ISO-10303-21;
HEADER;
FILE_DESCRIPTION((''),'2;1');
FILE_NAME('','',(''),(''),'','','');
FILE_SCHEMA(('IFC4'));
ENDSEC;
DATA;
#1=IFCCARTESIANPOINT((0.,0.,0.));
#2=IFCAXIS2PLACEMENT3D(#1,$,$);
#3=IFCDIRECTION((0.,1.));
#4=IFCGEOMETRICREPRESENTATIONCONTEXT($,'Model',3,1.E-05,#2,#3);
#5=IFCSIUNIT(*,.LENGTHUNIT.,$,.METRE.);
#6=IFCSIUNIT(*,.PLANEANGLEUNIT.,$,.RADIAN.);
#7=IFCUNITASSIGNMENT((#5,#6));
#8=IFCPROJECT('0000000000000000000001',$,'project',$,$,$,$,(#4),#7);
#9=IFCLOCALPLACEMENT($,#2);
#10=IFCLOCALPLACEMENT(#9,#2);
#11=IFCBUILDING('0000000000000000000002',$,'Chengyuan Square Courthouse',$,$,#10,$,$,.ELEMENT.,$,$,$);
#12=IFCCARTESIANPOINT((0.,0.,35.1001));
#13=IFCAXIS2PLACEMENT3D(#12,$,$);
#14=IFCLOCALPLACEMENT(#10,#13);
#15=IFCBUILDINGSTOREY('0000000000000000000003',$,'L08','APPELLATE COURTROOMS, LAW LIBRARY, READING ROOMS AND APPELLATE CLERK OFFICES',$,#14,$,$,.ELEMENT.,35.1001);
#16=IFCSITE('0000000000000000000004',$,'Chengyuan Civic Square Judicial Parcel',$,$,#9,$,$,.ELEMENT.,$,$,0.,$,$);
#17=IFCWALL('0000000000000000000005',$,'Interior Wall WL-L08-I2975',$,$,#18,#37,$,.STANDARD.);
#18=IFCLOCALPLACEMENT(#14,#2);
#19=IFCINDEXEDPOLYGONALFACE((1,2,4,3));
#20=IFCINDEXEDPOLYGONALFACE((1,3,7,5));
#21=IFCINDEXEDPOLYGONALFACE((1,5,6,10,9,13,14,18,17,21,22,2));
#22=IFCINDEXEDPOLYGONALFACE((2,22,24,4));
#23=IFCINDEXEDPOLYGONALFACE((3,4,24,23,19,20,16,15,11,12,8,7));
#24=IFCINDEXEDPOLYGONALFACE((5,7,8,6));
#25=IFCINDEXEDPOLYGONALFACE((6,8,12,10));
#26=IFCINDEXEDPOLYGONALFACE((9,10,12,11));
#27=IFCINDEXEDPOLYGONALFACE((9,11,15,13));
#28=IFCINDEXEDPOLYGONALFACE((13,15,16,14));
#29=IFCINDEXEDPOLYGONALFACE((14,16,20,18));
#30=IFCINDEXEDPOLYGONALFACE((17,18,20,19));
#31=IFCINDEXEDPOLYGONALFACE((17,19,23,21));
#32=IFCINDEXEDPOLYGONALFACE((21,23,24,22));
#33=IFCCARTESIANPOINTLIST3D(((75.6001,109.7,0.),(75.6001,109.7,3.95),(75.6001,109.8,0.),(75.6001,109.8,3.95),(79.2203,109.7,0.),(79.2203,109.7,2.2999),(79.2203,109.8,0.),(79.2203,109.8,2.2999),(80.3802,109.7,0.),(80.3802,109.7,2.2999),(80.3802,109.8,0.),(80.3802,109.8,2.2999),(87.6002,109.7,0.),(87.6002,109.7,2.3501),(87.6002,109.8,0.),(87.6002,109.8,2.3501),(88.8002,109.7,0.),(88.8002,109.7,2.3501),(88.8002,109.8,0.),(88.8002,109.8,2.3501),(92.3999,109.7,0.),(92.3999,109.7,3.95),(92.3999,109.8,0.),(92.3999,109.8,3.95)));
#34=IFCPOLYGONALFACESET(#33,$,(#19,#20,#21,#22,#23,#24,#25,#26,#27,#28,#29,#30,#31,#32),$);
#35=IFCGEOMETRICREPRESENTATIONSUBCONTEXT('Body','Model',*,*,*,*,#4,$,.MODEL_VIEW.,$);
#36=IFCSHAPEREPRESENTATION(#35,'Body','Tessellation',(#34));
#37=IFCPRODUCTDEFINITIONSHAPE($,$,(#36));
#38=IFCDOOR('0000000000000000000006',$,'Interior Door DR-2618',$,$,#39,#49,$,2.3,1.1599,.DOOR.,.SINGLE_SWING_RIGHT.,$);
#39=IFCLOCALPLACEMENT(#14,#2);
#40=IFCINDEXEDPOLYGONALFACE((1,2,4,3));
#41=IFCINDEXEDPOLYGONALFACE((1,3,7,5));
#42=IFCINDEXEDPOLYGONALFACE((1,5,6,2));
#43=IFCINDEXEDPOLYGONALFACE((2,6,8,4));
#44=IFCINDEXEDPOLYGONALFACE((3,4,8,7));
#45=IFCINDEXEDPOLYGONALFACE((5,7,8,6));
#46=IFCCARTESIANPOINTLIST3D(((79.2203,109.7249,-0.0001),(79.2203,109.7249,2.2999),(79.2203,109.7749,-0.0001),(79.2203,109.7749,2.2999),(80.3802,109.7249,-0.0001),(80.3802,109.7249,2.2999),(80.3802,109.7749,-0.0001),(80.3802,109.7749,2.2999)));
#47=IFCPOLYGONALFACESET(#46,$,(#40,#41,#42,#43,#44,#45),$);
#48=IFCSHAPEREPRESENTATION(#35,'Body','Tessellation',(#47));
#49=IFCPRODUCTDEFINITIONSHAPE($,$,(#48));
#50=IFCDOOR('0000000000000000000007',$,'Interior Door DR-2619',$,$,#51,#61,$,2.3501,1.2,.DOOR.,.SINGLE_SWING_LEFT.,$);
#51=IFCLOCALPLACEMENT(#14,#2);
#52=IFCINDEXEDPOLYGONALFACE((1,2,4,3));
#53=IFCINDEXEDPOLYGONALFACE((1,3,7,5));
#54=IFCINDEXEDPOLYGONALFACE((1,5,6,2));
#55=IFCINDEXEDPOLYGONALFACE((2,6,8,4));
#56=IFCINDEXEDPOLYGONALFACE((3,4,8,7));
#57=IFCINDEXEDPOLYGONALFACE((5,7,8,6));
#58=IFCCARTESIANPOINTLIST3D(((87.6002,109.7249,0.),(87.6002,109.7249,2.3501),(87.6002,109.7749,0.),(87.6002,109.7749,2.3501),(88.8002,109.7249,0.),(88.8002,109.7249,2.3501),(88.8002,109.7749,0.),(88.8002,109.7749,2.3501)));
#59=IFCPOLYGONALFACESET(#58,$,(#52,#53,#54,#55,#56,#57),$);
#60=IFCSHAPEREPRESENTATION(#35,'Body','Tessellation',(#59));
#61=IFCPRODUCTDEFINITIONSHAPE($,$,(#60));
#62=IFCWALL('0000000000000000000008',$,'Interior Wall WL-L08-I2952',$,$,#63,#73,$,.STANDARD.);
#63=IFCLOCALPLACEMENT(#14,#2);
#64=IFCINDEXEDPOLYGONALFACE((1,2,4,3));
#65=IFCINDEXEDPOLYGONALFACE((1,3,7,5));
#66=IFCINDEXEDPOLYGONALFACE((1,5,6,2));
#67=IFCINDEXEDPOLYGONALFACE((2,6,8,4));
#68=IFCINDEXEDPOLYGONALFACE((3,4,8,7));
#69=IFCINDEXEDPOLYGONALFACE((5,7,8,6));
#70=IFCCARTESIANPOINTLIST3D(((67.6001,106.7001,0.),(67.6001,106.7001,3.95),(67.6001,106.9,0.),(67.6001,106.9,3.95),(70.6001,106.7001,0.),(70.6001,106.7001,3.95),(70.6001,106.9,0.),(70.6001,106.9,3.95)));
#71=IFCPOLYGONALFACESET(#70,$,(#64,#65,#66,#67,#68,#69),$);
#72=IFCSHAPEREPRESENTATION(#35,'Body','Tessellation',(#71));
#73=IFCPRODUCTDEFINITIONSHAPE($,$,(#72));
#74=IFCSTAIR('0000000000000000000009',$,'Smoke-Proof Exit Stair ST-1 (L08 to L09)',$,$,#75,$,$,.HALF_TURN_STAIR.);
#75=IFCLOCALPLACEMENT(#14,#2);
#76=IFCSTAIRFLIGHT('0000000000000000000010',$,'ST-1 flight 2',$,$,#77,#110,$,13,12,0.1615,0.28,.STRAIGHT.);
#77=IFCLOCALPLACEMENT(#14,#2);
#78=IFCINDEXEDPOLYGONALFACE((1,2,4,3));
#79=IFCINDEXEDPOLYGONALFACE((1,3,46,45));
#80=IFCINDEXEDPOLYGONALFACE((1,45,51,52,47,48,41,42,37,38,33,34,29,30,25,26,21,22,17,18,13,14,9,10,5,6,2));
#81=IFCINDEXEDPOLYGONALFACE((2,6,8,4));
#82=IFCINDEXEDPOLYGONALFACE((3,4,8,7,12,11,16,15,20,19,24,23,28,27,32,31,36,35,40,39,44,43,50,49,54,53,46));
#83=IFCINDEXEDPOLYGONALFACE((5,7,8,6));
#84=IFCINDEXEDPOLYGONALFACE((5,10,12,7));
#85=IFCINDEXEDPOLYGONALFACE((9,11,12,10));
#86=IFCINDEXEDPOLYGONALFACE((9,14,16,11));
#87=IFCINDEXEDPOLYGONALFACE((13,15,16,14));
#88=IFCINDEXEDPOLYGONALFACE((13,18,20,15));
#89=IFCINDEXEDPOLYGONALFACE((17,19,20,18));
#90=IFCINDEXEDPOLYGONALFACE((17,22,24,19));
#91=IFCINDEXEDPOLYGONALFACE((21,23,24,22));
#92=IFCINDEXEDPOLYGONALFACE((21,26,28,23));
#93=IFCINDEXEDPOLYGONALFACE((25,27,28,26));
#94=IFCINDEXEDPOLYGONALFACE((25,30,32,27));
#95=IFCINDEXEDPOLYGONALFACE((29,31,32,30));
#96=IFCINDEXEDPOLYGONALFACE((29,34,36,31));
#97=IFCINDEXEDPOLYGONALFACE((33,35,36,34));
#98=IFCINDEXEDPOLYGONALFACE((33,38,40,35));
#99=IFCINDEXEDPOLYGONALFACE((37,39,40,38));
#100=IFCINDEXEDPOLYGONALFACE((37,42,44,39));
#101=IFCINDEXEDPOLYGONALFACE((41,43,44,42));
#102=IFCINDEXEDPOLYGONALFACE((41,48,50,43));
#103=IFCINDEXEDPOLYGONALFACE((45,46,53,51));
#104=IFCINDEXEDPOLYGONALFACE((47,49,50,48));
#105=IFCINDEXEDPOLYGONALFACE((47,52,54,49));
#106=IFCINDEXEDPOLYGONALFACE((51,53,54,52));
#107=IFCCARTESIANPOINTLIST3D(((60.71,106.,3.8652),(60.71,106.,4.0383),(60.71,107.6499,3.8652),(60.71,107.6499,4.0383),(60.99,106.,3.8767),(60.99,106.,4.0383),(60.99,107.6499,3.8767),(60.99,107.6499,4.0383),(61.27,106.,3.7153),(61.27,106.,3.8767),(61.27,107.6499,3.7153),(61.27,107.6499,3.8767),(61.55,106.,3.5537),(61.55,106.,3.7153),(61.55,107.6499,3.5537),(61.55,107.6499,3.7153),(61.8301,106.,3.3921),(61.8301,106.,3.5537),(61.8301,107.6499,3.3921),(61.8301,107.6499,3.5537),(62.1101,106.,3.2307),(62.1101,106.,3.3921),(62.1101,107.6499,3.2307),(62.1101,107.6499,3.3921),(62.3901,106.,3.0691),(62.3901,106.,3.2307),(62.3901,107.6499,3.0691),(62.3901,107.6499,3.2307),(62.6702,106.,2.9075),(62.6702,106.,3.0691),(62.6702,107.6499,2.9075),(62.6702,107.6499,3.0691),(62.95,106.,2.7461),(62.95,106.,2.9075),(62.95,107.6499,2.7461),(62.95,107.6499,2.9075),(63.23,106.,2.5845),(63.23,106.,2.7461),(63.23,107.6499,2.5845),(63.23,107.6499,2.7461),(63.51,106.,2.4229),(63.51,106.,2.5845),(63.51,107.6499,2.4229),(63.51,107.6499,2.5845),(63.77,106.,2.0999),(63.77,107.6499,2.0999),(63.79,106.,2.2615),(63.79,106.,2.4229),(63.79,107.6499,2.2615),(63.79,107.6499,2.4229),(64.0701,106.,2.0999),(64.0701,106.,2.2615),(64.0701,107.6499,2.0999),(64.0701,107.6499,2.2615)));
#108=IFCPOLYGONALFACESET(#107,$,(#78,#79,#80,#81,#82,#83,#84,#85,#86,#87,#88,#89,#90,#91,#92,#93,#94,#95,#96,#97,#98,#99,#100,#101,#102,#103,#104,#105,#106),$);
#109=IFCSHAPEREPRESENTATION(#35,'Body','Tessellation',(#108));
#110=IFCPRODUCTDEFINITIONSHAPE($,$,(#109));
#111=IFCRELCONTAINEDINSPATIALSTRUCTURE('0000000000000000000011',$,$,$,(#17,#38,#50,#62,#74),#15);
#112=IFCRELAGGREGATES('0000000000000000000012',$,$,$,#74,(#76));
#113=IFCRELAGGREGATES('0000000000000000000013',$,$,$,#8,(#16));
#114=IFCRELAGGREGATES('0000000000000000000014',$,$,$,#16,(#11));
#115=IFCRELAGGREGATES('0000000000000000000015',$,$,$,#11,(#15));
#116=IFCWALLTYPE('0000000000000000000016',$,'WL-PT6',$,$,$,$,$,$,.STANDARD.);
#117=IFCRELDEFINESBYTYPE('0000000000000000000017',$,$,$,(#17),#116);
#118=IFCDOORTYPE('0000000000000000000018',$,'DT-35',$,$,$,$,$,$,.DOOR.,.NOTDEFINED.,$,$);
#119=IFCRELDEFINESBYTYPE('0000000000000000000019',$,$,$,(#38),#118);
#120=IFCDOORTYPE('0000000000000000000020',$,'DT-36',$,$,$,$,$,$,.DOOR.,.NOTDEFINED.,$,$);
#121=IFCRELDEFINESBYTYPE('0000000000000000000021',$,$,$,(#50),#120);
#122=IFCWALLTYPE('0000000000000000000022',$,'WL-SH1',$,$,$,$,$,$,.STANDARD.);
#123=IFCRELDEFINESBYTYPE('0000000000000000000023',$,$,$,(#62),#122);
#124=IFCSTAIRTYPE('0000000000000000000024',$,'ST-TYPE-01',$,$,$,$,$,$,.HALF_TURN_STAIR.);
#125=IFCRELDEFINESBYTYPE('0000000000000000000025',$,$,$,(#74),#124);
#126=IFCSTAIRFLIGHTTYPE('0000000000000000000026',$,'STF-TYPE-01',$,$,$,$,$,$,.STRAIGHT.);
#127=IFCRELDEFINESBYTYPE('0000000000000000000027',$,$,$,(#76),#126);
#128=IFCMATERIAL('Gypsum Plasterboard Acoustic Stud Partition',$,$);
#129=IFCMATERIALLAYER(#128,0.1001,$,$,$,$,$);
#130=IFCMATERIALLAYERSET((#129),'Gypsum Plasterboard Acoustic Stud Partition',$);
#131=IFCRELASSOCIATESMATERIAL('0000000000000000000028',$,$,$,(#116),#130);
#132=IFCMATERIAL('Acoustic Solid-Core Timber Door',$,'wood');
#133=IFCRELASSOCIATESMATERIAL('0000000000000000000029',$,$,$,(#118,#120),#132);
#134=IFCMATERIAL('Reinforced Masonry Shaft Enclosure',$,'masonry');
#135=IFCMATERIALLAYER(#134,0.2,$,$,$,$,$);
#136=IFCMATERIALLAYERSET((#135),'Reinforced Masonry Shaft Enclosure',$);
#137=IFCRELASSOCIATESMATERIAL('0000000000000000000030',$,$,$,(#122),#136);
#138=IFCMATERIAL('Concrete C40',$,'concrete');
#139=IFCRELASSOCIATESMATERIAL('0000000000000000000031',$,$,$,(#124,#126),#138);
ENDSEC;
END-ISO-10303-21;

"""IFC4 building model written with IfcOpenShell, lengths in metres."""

from ifc_helpers import new_model, si_unit, direction, frame, frame_2d, origin, place, context, subcontext, project, spatial, polyline, rectangle, outline, extrude, material, layer, layer_set, type_object, element, fill, aggregate, save


model = new_model("IFC4")

# Units and contexts
model_context = context("Model", 3, precision=1e-05, world=origin(), true_north=direction((0.0, 1.0)))
body_context = subcontext(model_context, "Body", "Model", "MODEL_VIEW")
ifc_project = project(units=[si_unit("LENGTHUNIT", "METRE"), si_unit("PLANEANGLEUNIT", "RADIAN")], contexts=[model_context])

# Site, building, storey
site_placement = place(None, origin())
site = spatial("IfcSite", under=ifc_project, at=site_placement, Name="Chengyuan Civic Square Judicial Parcel", CompositionType="ELEMENT", RefElevation=0.0)
building_placement = place(site_placement, origin())
building = spatial("IfcBuilding", under=site, at=building_placement, Name="Chengyuan Square Courthouse", CompositionType="ELEMENT")
storey_placement = place(building_placement, frame((0.0, 0.0, 35.1001)))
storey = spatial("IfcBuildingStorey", under=building, at=storey_placement, Name="L08", Description="APPELLATE COURTROOMS, LAW LIBRARY, READING ROOMS AND APPELLATE CLERK OFFICES", CompositionType="ELEMENT", Elevation=35.1001)

# Shared definitions
ifc_material_1 = material(Name="Concrete C40", Category="concrete")

# Shared definitions
ifc_material_2 = material(Name="Gypsum Plasterboard Acoustic Stud Partition")
ifc_layer_1 = layer(ifc_material_2, 0.1001)
ifc_layer_set_1 = layer_set([ifc_layer_1], Name="Gypsum Plasterboard Acoustic Stud Partition")
wall_type_1 = type_object("IfcWallType", Name="WL-PT6", PredefinedType="STANDARD", material=ifc_layer_set_1)

# Wall, openings, doors
wall_1_placement = place(storey_placement, frame((75.6001, 109.75, 0.0), z_axis=(0.0, 0.0, 1.0), x_axis=(1.0, 0.0, 0.0)))
wall_1 = element("IfcWall", 1, at=wall_1_placement, inside=storey, type_object=wall_type_1, Name="Interior Wall WL-L08-I2975", PredefinedType="STANDARD", context=body_context, shape_type="SweptSolid", body=[
    extrude(rectangle(XDim=16.7998, YDim=0.1001, at=frame_2d((8.3999, 0.0))), origin(), (0.0, 0.0, 1.0), 3.95),
])
opening_1_placement = place(wall_1_placement, frame((3.6201, 0.0, 0.0)))
opening_1 = element("IfcOpeningElement", 2, at=opening_1_placement, cuts=wall_1, PredefinedType="OPENING", context=body_context, shape_type="SweptSolid", body=[
    extrude(rectangle(XDim=1.1599, YDim=2.3, at=frame_2d((0.5801, 1.1499))), frame((0.0, 0.062, 0.0), z_axis=(0.0, -1.0, 0.0), x_axis=(1.0, 0.0, 0.0)), (0.0, 0.0, 1.0), 0.124),
])
opening_2_placement = place(wall_1_placement, frame((12.0, 0.0, 0.0)))
opening_2 = element("IfcOpeningElement", 3, at=opening_2_placement, cuts=wall_1, PredefinedType="OPENING", context=body_context, shape_type="SweptSolid", body=[
    extrude(rectangle(XDim=1.2, YDim=2.3501, at=frame_2d((0.6001, 1.175))), frame((0.0, 0.062, 0.0), z_axis=(0.0, -1.0, 0.0), x_axis=(1.0, 0.0, 0.0)), (0.0, 0.0, 1.0), 0.124),
])
ifc_material_3 = material(Name="Acoustic Solid-Core Timber Door", Category="wood")
door_type_1 = type_object("IfcDoorType", Name="DT-35", OperationType="NOTDEFINED", PredefinedType="DOOR", material=ifc_material_3)
door_1_placement = place(opening_1_placement, origin())
door_1 = element("IfcDoor", 4, at=door_1_placement, inside=storey, type_object=door_type_1, Name="Interior Door DR-2618", OperationType="SINGLE_SWING_RIGHT", OverallHeight=2.3, OverallWidth=1.1599, PredefinedType="DOOR", context=body_context, shape_type="SweptSolid", body=[
    extrude(rectangle(XDim=1.1599, YDim=2.3, at=frame_2d((0.5801, 1.1499))), frame((0.0, 0.0249, 0.0), z_axis=(0.0, -1.0, 0.0), x_axis=(1.0, 0.0, 0.0)), (0.0, 0.0, 1.0), 0.05),
])
fill(opening_1, door_1)
door_type_2 = type_object("IfcDoorType", Name="DT-36", OperationType="NOTDEFINED", PredefinedType="DOOR", material=ifc_material_3)
door_2_placement = place(opening_2_placement, origin())
door_2 = element("IfcDoor", 5, at=door_2_placement, inside=storey, type_object=door_type_2, Name="Interior Door DR-2619", OperationType="SINGLE_SWING_LEFT", OverallHeight=2.3501, OverallWidth=1.2, PredefinedType="DOOR", context=body_context, shape_type="SweptSolid", body=[
    extrude(rectangle(XDim=1.2, YDim=2.3501, at=frame_2d((0.6001, 1.175))), frame((0.0, 0.0249, 0.0), z_axis=(0.0, -1.0, 0.0), x_axis=(1.0, 0.0, 0.0)), (0.0, 0.0, 1.0), 0.05),
])
fill(opening_2, door_2)

# Wall
ifc_material_4 = material(Name="Reinforced Masonry Shaft Enclosure", Category="masonry")
ifc_layer_2 = layer(ifc_material_4, 0.2)
ifc_layer_set_2 = layer_set([ifc_layer_2], Name="Reinforced Masonry Shaft Enclosure")
wall_type_2 = type_object("IfcWallType", Name="WL-SH1", PredefinedType="STANDARD", material=ifc_layer_set_2)
wall_2_placement = place(storey_placement, frame((67.6001, 106.8, 0.0), z_axis=(0.0, 0.0, 1.0), x_axis=(1.0, 0.0, 0.0)))
element("IfcWall", 6, at=wall_2_placement, inside=storey, type_object=wall_type_2, Name="Interior Wall WL-L08-I2952", PredefinedType="STANDARD", context=body_context, shape_type="SweptSolid", body=[
    extrude(rectangle(XDim=3.0, YDim=0.2, at=frame_2d((1.5, 0.0))), origin(), (0.0, 0.0, 1.0), 3.95),
])

# Stair, stair flight
stair_type = type_object("IfcStairType", Name="ST-TYPE-01", PredefinedType="HALF_TURN_STAIR", material=ifc_material_1)
stair_placement = place(storey_placement, origin())
stair = element("IfcStair", 7, at=stair_placement, inside=storey, type_object=stair_type, Name="Smoke-Proof Exit Stair ST-1 (L08 to L09)", PredefinedType="HALF_TURN_STAIR")
stair_flight_type = type_object("IfcStairFlightType", Name="STF-TYPE-01", PredefinedType="STRAIGHT", material=ifc_material_1)
stair_flight_placement = place(storey_placement, frame((64.0701, 106.825, 2.0999), z_axis=(0.0, 0.0, 1.0), x_axis=(-1.0, 0.0, 0.0)))
stair_flight = element("IfcStairFlight", 8, at=stair_flight_placement, type_object=stair_flight_type, Name="ST-1 flight 2", NumberOfRisers=13, NumberOfTreads=12, PredefinedType="STRAIGHT", RiserHeight=0.1615, TreadLength=0.28, context=body_context, shape_type="SweptSolid", body=[
    extrude(outline(polyline([(0.0, 0.0), (0.0, 0.1616), (0.28, 0.1616), (0.28, 0.323), (0.5601, 0.323), (0.5601, 0.4846), (0.8401, 0.4846), (0.8401, 0.6462), (1.1201, 0.6462), (1.1201, 0.8076), (1.3999, 0.8076), (1.3999, 0.9692), (1.6799, 0.9692), (1.6799, 1.1309), (1.96, 1.1309), (1.96, 1.2922), (2.24, 1.2922), (2.24, 1.4539), (2.52, 1.4539), (2.52, 1.6155), (2.8, 1.6155), (2.8, 1.7769), (3.0801, 1.7769), (3.0801, 1.9385), (3.3601, 1.9385), (3.3601, 2.1001), (3.3601, 1.7654), (0.3, 0.0), (0.0, 0.0)])), frame((0.0, 0.825, 0.0), z_axis=(0.0, -1.0, 0.0), x_axis=(1.0, 0.0, 0.0)), (0.0, 0.0, 1.0), 1.6499),
])
aggregate(stair, [stair_flight])

save(model, "model.ifc")
